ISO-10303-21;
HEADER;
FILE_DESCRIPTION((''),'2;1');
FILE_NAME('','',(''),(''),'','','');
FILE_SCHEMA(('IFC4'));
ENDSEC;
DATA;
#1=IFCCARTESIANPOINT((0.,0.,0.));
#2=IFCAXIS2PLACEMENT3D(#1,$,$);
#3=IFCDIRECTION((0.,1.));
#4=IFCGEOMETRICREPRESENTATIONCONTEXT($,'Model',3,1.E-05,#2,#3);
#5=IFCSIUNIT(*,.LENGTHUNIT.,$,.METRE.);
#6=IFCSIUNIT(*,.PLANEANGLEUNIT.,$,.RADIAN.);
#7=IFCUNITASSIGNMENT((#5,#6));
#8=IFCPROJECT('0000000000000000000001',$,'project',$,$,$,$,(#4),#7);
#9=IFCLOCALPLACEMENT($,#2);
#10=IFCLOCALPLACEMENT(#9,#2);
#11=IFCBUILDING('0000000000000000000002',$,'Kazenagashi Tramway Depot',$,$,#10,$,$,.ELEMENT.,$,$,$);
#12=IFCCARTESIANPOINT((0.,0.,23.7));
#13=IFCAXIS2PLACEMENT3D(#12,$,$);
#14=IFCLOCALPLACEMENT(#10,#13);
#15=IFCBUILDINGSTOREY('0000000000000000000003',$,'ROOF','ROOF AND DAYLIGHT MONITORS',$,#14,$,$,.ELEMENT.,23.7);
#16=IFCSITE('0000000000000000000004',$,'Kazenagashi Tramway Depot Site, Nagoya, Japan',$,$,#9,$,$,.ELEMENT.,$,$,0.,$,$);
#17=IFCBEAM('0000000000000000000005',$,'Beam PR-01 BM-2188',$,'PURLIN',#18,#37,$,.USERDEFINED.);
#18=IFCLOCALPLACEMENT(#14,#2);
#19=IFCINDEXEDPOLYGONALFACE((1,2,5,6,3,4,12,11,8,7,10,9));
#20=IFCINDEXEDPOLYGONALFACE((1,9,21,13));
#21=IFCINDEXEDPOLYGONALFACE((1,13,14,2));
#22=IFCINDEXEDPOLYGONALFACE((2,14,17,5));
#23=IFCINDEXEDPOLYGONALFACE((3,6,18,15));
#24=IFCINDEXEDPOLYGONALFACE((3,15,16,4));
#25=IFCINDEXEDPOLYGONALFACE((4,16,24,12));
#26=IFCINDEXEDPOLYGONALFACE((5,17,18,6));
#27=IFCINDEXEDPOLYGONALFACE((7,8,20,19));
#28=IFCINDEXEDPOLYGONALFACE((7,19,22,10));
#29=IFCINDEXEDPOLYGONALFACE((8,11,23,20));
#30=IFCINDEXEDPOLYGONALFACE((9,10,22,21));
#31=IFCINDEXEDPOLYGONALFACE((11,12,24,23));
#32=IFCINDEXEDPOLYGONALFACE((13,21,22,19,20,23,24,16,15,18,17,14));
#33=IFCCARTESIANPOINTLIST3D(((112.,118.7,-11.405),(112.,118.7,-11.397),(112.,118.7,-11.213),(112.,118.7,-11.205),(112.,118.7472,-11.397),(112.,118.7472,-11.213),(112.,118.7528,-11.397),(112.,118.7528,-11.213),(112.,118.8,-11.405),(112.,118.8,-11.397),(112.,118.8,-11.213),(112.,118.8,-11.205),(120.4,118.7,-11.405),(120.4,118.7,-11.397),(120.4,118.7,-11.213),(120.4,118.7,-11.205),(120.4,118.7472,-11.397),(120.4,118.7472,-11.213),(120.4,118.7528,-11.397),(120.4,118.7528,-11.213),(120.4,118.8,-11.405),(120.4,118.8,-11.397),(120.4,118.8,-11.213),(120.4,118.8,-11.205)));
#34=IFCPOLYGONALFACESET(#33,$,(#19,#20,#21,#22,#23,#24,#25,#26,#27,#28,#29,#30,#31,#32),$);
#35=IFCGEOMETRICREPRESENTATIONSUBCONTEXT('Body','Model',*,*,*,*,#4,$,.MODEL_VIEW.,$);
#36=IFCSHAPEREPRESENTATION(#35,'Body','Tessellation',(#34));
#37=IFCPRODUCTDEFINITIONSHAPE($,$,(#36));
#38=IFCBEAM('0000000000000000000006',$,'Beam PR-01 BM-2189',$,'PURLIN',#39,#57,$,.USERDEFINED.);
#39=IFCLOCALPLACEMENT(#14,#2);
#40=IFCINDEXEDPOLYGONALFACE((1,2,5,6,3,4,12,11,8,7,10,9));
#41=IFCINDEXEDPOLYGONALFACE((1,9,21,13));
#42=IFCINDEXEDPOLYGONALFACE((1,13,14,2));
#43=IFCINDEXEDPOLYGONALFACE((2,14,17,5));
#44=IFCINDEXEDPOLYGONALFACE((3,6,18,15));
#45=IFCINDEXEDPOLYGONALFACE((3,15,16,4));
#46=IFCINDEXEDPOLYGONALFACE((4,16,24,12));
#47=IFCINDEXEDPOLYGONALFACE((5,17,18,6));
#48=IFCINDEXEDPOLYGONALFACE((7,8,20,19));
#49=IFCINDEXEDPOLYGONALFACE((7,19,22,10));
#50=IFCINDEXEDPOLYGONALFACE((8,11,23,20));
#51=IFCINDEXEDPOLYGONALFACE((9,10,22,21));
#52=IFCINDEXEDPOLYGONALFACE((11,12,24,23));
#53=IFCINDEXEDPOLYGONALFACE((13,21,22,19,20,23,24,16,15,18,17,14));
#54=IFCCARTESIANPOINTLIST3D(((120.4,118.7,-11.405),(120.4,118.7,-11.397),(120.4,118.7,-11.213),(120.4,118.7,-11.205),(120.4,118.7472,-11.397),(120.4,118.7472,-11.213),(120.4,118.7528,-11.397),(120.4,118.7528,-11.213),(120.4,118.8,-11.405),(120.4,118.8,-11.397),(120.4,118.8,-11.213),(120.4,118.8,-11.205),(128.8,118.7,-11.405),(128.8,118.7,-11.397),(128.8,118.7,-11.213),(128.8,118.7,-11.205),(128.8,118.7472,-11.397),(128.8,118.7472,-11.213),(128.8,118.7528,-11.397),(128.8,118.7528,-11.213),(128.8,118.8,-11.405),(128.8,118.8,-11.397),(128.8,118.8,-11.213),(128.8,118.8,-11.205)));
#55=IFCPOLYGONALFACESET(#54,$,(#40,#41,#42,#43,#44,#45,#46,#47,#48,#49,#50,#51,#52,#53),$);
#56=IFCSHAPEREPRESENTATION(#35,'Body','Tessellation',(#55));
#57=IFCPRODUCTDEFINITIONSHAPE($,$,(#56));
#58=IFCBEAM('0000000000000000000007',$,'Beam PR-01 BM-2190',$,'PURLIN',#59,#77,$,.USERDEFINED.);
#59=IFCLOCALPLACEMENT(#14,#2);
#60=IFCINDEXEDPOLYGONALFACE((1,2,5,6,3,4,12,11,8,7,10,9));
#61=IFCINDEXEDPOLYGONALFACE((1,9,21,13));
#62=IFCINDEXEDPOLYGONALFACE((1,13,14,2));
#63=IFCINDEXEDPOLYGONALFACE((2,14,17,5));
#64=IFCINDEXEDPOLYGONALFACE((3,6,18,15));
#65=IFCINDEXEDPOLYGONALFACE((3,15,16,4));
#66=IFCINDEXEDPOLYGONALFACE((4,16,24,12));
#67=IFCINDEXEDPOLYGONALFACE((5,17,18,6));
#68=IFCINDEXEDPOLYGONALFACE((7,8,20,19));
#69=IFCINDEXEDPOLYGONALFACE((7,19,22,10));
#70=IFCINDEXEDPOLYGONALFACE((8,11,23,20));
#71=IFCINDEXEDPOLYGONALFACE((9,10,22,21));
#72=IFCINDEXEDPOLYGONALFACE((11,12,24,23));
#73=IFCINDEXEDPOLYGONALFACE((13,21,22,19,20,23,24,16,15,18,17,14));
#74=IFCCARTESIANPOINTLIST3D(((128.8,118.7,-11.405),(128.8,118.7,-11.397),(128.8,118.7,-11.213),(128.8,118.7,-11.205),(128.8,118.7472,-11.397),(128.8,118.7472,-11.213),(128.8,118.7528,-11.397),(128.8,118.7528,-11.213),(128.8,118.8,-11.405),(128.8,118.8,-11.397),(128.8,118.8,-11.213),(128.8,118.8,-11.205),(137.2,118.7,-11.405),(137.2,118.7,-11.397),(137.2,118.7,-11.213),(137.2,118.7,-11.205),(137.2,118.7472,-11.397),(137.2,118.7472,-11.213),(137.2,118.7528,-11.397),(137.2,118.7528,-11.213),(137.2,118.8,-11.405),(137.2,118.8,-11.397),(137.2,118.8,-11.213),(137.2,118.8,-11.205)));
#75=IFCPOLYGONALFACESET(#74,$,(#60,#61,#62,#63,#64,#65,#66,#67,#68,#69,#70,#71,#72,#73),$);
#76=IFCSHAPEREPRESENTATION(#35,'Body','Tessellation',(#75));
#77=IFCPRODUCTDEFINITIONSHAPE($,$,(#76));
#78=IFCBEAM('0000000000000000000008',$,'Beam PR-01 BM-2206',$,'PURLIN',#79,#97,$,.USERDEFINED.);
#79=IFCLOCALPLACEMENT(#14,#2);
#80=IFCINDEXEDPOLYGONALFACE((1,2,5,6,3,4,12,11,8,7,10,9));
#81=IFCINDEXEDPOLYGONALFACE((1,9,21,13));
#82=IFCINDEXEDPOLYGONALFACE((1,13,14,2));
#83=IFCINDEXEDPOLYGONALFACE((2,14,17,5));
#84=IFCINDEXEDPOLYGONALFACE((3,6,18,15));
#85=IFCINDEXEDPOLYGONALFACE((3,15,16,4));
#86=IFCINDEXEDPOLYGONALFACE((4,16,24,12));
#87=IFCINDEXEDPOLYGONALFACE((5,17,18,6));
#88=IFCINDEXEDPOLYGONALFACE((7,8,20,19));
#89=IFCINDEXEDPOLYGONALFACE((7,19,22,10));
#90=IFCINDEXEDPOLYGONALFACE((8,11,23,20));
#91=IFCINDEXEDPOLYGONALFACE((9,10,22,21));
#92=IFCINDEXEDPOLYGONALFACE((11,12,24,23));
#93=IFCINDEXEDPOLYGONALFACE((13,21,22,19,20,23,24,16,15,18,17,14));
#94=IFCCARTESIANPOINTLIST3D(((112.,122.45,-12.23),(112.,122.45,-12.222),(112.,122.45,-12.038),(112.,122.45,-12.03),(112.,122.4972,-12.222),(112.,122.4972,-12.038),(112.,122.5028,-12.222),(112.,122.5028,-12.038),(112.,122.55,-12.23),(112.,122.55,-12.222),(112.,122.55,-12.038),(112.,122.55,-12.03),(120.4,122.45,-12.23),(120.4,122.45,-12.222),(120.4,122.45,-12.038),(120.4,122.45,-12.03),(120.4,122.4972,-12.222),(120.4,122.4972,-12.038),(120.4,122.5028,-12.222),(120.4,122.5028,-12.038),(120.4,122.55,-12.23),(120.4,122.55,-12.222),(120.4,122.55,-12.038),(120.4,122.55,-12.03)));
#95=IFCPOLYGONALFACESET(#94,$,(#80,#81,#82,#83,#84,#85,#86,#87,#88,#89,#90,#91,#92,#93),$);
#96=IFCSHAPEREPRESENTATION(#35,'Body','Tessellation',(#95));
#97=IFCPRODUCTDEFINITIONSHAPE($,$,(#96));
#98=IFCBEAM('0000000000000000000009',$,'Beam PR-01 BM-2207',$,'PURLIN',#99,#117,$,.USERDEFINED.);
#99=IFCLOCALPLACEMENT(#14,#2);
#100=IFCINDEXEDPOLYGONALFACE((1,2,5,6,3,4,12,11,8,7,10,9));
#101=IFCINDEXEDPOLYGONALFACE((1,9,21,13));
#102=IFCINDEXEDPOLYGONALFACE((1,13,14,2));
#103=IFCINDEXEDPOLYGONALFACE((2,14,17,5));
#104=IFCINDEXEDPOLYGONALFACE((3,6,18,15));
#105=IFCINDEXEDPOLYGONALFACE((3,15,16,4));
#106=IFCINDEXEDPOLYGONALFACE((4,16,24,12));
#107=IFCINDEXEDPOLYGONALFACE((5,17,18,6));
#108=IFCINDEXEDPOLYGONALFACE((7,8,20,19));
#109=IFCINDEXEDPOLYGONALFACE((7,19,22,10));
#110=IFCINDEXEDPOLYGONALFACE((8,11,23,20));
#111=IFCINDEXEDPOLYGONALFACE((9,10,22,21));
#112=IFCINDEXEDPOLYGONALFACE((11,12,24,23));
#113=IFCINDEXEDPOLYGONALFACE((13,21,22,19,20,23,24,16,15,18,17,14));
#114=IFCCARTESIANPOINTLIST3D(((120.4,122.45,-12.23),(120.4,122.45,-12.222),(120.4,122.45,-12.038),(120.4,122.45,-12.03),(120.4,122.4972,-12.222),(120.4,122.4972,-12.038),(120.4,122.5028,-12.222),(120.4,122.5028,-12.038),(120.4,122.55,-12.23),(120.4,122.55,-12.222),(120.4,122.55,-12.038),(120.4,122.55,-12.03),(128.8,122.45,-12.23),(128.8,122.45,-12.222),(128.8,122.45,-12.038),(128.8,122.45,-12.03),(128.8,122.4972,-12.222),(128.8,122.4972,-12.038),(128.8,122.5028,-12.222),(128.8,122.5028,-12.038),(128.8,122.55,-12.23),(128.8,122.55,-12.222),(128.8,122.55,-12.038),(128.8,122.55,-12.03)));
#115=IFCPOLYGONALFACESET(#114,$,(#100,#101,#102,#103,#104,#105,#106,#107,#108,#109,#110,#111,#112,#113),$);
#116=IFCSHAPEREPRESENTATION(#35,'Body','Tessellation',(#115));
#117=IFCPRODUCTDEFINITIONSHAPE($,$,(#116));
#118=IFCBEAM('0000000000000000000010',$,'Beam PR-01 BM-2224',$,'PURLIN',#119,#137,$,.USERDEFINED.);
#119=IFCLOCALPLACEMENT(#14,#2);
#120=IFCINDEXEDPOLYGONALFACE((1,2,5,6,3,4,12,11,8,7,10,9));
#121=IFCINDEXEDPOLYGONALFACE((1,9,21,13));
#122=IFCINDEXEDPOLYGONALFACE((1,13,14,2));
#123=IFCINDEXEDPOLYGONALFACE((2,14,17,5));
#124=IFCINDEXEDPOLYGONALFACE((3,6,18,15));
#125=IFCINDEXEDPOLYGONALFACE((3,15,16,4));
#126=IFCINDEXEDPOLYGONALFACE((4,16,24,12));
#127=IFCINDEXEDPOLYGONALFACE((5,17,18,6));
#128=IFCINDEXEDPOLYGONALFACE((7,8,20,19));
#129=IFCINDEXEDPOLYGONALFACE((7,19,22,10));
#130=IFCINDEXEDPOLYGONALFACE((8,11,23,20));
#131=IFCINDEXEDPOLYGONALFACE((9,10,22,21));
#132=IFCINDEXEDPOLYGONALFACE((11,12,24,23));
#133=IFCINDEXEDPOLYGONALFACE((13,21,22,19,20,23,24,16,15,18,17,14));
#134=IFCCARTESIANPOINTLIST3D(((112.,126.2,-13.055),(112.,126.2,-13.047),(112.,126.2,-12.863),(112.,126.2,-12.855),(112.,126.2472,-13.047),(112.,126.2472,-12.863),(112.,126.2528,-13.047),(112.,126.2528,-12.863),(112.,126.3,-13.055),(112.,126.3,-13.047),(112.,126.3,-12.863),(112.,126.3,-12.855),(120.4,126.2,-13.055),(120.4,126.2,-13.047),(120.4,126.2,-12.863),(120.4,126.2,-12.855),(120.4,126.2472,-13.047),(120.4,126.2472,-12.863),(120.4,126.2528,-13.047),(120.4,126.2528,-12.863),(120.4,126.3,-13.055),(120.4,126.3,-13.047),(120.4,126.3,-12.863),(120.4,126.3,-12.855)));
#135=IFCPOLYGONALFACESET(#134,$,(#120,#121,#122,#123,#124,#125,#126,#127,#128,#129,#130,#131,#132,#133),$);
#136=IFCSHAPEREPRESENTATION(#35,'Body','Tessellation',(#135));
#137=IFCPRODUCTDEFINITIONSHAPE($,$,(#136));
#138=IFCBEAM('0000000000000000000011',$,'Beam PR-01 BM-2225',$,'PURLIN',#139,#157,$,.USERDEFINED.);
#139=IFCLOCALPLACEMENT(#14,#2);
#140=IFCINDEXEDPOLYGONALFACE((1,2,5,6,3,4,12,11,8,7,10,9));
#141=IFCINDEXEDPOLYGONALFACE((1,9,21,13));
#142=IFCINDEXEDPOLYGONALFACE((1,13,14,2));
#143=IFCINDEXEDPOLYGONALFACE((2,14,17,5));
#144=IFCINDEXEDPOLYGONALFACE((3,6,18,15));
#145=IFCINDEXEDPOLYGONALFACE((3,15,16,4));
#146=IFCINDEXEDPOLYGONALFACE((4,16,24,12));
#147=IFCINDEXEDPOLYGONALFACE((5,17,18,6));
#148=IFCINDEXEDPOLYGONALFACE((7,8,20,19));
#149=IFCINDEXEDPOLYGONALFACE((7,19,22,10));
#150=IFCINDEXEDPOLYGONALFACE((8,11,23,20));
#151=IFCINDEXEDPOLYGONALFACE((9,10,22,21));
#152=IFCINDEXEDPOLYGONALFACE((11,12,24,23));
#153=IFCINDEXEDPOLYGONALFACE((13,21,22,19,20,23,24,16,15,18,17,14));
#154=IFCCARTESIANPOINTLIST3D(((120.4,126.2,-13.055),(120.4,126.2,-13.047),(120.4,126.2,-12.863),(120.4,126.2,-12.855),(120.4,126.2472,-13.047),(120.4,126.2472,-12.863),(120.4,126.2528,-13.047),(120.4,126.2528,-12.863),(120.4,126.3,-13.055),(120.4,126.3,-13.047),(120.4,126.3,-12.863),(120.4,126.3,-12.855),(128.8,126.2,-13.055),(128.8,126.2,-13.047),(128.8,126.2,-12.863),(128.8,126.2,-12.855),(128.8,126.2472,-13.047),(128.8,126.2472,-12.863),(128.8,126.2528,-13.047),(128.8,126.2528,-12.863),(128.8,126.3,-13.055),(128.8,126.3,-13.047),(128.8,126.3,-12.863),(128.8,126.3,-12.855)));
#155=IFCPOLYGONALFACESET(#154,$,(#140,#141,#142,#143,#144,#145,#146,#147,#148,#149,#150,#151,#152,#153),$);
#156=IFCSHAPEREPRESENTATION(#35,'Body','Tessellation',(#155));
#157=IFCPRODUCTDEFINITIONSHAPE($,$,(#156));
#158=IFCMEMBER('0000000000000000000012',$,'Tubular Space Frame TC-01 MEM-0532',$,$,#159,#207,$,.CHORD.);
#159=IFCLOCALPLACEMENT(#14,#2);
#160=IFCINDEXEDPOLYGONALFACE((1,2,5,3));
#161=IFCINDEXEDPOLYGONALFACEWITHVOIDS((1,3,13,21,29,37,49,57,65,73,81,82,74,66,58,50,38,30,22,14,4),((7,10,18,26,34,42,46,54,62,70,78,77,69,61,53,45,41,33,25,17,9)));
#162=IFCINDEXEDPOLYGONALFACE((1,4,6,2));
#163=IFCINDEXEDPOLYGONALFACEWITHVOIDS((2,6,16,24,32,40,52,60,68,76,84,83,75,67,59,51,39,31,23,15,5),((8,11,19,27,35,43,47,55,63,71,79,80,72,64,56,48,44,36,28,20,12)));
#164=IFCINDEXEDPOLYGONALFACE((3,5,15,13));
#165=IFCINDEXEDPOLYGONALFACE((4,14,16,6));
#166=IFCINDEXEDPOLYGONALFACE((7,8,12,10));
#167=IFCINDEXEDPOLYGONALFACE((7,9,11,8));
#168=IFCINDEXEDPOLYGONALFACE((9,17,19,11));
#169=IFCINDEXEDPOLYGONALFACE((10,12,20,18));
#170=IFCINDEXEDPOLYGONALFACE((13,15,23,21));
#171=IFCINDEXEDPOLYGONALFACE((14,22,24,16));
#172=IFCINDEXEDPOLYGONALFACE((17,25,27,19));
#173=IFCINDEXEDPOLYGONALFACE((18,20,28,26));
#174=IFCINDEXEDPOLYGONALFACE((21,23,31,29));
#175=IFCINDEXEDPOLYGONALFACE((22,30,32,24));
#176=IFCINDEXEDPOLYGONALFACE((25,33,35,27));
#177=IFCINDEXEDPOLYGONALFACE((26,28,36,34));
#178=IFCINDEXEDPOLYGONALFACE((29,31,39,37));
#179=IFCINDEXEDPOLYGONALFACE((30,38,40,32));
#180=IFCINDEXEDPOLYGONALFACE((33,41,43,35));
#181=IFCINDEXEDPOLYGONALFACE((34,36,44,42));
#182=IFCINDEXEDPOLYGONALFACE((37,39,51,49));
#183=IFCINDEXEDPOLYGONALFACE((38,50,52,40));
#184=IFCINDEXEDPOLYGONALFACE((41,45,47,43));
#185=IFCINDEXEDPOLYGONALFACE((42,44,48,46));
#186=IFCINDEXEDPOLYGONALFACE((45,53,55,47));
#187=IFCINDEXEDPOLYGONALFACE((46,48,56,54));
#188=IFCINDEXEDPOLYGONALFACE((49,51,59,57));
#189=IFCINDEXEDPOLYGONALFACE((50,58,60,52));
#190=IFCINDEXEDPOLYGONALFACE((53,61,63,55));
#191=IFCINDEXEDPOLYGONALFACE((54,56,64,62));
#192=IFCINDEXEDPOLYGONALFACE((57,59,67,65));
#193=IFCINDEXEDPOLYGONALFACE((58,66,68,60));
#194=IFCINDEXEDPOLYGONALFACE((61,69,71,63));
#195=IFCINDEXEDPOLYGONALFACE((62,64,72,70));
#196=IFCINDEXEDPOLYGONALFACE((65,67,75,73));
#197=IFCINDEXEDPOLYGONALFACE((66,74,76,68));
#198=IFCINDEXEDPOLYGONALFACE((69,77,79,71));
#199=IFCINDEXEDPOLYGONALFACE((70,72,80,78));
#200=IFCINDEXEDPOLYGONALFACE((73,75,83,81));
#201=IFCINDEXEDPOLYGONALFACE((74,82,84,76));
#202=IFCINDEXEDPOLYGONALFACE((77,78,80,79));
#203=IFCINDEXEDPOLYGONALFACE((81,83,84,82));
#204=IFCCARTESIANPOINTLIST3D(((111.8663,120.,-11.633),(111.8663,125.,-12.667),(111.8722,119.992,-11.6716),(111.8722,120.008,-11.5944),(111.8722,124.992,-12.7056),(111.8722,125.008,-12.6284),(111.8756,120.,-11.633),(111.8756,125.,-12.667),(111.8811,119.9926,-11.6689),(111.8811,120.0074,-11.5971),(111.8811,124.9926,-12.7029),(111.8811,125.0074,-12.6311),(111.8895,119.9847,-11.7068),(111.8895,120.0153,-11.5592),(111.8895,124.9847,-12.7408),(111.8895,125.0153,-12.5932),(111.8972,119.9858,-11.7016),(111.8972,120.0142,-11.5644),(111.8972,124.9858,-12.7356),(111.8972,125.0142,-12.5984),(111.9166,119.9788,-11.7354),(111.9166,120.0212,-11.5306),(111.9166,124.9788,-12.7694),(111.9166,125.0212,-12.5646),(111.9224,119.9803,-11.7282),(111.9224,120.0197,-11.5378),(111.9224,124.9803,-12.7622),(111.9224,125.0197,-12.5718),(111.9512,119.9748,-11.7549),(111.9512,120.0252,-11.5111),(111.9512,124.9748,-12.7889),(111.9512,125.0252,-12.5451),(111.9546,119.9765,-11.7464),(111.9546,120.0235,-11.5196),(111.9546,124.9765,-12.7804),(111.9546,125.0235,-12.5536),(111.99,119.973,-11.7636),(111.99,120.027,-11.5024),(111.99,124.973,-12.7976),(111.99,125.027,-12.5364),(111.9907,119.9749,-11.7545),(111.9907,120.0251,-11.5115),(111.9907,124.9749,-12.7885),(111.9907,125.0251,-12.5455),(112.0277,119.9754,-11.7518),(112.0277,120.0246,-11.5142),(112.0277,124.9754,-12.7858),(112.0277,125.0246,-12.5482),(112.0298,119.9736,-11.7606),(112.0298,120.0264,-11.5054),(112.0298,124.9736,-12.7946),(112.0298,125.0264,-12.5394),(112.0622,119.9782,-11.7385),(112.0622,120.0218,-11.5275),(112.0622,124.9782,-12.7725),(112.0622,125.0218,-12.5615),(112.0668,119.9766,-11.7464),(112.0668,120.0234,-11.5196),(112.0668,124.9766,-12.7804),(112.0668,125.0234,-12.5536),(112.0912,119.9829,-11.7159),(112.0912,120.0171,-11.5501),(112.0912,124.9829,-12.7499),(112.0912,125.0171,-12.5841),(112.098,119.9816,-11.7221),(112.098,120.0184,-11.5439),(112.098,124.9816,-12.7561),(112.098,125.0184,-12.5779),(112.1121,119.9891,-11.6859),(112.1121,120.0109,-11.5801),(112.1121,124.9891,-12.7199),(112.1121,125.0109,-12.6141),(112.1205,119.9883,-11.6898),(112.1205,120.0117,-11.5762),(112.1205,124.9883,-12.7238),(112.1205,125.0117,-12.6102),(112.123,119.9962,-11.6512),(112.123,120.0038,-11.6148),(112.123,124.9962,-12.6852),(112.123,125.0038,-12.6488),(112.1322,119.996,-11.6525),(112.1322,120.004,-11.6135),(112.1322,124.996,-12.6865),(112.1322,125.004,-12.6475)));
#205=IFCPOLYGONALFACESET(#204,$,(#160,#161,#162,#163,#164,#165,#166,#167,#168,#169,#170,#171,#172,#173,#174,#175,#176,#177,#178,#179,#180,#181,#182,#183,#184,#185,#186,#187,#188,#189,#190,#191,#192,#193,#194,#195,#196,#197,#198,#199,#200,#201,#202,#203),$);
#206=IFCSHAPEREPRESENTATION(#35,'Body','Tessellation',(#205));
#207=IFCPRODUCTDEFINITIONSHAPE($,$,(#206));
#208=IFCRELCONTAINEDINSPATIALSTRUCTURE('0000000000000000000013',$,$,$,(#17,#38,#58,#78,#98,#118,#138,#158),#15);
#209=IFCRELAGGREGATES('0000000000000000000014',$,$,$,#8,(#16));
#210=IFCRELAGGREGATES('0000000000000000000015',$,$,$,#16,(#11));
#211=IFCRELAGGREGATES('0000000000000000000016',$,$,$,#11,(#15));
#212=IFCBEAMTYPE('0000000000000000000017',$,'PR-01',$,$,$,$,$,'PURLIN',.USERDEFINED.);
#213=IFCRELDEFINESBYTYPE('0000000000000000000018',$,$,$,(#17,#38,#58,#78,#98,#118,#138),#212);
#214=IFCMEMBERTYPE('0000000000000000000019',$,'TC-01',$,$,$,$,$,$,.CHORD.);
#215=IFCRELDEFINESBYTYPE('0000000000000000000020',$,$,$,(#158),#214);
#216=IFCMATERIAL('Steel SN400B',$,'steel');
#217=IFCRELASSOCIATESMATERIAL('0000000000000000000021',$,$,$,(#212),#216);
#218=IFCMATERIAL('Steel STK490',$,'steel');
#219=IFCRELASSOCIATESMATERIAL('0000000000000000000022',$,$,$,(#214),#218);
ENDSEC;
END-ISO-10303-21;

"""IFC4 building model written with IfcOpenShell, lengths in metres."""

from ifc_helpers import new_model, si_unit, direction, frame, origin, origin_2d, place, context, subcontext, project, spatial, hollow_circle, i_section, extrude, material, material_profile, profile_set, type_object, element, save


model = new_model("IFC4")

# Units and contexts
model_context = context("Model", 3, precision=1e-05, world=origin(), true_north=direction((0.0, 1.0)))
body_context = subcontext(model_context, "Body", "Model", "MODEL_VIEW")
ifc_project = project(units=[si_unit("LENGTHUNIT", "METRE"), si_unit("PLANEANGLEUNIT", "RADIAN")], contexts=[model_context])

# Site, building, storey
site_placement = place(None, origin())
site = spatial("IfcSite", under=ifc_project, at=site_placement, Name="Kazenagashi Tramway Depot Site, Nagoya, Japan", CompositionType="ELEMENT", RefElevation=0.0)
building_placement = place(site_placement, origin())
building = spatial("IfcBuilding", under=site, at=building_placement, Name="Kazenagashi Tramway Depot", CompositionType="ELEMENT")
storey_placement = place(building_placement, frame((0.0, 0.0, 23.7)))
storey = spatial("IfcBuildingStorey", under=building, at=storey_placement, Name="ROOF", Description="ROOF AND DAYLIGHT MONITORS", CompositionType="ELEMENT", Elevation=23.7)

# Beams
ifc_material_1 = material(Name="Steel SN400B", Category="steel")
ifc_material_profile_1 = material_profile(ifc_material_1, i_section(OverallWidth=0.1, OverallDepth=0.2, WebThickness=0.0055, FlangeThickness=0.008, at=origin_2d()), Name="H-200x100x5.5x8")
ifc_profile_set_1 = profile_set([ifc_material_profile_1], Name="Steel SN400B")
beam_type = type_object("IfcBeamType", Name="PR-01", ElementType="PURLIN", PredefinedType="USERDEFINED", material=ifc_profile_set_1)
for number, where, z_axis, x_axis, name in (
    (1, (112.0, 118.75, -11.305), (1.0, 0.0, 0.0), (0.0, 1.0, 0.0), "Beam PR-01 BM-2188"),
    (2, (120.4, 118.75, -11.305), (1.0, 0.0, 0.0), (0.0, 1.0, 0.0), "Beam PR-01 BM-2189"),
    (3, (128.8, 118.75, -11.305), (1.0, 0.0, 0.0), (0.0, 1.0, 0.0), "Beam PR-01 BM-2190"),
    (4, (112.0, 122.5, -12.13), (1.0, 0.0, 0.0), (0.0, 1.0, 0.0), "Beam PR-01 BM-2206"),
    (5, (120.4, 122.5, -12.13), (1.0, 0.0, 0.0), (0.0, 1.0, 0.0), "Beam PR-01 BM-2207"),
    (6, (112.0, 126.25, -12.955), (1.0, 0.0, 0.0), (0.0, 1.0, 0.0), "Beam PR-01 BM-2224"),
    (7, (120.4, 126.25, -12.955), (1.0, 0.0, 0.0), (0.0, 1.0, 0.0), "Beam PR-01 BM-2225"),
):
    element("IfcBeam", number, at=place(storey_placement, frame(where, z_axis=z_axis, x_axis=x_axis)), inside=storey, type_object=beam_type, Name=name, ObjectType="PURLIN", PredefinedType="USERDEFINED", context=body_context, shape_type="SweptSolid", body=[
        extrude(i_section(OverallWidth=0.1, OverallDepth=0.2, WebThickness=0.0055, FlangeThickness=0.008, at=origin_2d()), origin(), (0.0, 0.0, 1.0), 8.4),
    ])

# Member
ifc_material_2 = material(Name="Steel STK490", Category="steel")
ifc_material_profile_2 = material_profile(ifc_material_2, hollow_circle(Radius=0.1337, WallThickness=0.0093, at=origin_2d()), Name="CHS-267.4x9.3")
ifc_profile_set_2 = profile_set([ifc_material_profile_2], Name="Steel STK490")
member_type_1 = type_object("IfcMemberType", Name="TC-01", PredefinedType="CHORD", material=ifc_profile_set_2)
member_1_placement = place(storey_placement, frame((112.0, 120.0, -11.633), z_axis=(0.0, 0.979279, -0.202515), x_axis=(-1.0, 0.0, 0.0)))
element("IfcMember", 8, at=member_1_placement, inside=storey, type_object=member_type_1, Name="Tubular Space Frame TC-01 MEM-0532", PredefinedType="CHORD", context=body_context, shape_type="SweptSolid", body=[
    extrude(hollow_circle(Radius=0.1337, WallThickness=0.0093, at=origin_2d()), origin(), (0.0, 0.0, 1.0), 5.1058),
])

save(model, "model.ifc")
